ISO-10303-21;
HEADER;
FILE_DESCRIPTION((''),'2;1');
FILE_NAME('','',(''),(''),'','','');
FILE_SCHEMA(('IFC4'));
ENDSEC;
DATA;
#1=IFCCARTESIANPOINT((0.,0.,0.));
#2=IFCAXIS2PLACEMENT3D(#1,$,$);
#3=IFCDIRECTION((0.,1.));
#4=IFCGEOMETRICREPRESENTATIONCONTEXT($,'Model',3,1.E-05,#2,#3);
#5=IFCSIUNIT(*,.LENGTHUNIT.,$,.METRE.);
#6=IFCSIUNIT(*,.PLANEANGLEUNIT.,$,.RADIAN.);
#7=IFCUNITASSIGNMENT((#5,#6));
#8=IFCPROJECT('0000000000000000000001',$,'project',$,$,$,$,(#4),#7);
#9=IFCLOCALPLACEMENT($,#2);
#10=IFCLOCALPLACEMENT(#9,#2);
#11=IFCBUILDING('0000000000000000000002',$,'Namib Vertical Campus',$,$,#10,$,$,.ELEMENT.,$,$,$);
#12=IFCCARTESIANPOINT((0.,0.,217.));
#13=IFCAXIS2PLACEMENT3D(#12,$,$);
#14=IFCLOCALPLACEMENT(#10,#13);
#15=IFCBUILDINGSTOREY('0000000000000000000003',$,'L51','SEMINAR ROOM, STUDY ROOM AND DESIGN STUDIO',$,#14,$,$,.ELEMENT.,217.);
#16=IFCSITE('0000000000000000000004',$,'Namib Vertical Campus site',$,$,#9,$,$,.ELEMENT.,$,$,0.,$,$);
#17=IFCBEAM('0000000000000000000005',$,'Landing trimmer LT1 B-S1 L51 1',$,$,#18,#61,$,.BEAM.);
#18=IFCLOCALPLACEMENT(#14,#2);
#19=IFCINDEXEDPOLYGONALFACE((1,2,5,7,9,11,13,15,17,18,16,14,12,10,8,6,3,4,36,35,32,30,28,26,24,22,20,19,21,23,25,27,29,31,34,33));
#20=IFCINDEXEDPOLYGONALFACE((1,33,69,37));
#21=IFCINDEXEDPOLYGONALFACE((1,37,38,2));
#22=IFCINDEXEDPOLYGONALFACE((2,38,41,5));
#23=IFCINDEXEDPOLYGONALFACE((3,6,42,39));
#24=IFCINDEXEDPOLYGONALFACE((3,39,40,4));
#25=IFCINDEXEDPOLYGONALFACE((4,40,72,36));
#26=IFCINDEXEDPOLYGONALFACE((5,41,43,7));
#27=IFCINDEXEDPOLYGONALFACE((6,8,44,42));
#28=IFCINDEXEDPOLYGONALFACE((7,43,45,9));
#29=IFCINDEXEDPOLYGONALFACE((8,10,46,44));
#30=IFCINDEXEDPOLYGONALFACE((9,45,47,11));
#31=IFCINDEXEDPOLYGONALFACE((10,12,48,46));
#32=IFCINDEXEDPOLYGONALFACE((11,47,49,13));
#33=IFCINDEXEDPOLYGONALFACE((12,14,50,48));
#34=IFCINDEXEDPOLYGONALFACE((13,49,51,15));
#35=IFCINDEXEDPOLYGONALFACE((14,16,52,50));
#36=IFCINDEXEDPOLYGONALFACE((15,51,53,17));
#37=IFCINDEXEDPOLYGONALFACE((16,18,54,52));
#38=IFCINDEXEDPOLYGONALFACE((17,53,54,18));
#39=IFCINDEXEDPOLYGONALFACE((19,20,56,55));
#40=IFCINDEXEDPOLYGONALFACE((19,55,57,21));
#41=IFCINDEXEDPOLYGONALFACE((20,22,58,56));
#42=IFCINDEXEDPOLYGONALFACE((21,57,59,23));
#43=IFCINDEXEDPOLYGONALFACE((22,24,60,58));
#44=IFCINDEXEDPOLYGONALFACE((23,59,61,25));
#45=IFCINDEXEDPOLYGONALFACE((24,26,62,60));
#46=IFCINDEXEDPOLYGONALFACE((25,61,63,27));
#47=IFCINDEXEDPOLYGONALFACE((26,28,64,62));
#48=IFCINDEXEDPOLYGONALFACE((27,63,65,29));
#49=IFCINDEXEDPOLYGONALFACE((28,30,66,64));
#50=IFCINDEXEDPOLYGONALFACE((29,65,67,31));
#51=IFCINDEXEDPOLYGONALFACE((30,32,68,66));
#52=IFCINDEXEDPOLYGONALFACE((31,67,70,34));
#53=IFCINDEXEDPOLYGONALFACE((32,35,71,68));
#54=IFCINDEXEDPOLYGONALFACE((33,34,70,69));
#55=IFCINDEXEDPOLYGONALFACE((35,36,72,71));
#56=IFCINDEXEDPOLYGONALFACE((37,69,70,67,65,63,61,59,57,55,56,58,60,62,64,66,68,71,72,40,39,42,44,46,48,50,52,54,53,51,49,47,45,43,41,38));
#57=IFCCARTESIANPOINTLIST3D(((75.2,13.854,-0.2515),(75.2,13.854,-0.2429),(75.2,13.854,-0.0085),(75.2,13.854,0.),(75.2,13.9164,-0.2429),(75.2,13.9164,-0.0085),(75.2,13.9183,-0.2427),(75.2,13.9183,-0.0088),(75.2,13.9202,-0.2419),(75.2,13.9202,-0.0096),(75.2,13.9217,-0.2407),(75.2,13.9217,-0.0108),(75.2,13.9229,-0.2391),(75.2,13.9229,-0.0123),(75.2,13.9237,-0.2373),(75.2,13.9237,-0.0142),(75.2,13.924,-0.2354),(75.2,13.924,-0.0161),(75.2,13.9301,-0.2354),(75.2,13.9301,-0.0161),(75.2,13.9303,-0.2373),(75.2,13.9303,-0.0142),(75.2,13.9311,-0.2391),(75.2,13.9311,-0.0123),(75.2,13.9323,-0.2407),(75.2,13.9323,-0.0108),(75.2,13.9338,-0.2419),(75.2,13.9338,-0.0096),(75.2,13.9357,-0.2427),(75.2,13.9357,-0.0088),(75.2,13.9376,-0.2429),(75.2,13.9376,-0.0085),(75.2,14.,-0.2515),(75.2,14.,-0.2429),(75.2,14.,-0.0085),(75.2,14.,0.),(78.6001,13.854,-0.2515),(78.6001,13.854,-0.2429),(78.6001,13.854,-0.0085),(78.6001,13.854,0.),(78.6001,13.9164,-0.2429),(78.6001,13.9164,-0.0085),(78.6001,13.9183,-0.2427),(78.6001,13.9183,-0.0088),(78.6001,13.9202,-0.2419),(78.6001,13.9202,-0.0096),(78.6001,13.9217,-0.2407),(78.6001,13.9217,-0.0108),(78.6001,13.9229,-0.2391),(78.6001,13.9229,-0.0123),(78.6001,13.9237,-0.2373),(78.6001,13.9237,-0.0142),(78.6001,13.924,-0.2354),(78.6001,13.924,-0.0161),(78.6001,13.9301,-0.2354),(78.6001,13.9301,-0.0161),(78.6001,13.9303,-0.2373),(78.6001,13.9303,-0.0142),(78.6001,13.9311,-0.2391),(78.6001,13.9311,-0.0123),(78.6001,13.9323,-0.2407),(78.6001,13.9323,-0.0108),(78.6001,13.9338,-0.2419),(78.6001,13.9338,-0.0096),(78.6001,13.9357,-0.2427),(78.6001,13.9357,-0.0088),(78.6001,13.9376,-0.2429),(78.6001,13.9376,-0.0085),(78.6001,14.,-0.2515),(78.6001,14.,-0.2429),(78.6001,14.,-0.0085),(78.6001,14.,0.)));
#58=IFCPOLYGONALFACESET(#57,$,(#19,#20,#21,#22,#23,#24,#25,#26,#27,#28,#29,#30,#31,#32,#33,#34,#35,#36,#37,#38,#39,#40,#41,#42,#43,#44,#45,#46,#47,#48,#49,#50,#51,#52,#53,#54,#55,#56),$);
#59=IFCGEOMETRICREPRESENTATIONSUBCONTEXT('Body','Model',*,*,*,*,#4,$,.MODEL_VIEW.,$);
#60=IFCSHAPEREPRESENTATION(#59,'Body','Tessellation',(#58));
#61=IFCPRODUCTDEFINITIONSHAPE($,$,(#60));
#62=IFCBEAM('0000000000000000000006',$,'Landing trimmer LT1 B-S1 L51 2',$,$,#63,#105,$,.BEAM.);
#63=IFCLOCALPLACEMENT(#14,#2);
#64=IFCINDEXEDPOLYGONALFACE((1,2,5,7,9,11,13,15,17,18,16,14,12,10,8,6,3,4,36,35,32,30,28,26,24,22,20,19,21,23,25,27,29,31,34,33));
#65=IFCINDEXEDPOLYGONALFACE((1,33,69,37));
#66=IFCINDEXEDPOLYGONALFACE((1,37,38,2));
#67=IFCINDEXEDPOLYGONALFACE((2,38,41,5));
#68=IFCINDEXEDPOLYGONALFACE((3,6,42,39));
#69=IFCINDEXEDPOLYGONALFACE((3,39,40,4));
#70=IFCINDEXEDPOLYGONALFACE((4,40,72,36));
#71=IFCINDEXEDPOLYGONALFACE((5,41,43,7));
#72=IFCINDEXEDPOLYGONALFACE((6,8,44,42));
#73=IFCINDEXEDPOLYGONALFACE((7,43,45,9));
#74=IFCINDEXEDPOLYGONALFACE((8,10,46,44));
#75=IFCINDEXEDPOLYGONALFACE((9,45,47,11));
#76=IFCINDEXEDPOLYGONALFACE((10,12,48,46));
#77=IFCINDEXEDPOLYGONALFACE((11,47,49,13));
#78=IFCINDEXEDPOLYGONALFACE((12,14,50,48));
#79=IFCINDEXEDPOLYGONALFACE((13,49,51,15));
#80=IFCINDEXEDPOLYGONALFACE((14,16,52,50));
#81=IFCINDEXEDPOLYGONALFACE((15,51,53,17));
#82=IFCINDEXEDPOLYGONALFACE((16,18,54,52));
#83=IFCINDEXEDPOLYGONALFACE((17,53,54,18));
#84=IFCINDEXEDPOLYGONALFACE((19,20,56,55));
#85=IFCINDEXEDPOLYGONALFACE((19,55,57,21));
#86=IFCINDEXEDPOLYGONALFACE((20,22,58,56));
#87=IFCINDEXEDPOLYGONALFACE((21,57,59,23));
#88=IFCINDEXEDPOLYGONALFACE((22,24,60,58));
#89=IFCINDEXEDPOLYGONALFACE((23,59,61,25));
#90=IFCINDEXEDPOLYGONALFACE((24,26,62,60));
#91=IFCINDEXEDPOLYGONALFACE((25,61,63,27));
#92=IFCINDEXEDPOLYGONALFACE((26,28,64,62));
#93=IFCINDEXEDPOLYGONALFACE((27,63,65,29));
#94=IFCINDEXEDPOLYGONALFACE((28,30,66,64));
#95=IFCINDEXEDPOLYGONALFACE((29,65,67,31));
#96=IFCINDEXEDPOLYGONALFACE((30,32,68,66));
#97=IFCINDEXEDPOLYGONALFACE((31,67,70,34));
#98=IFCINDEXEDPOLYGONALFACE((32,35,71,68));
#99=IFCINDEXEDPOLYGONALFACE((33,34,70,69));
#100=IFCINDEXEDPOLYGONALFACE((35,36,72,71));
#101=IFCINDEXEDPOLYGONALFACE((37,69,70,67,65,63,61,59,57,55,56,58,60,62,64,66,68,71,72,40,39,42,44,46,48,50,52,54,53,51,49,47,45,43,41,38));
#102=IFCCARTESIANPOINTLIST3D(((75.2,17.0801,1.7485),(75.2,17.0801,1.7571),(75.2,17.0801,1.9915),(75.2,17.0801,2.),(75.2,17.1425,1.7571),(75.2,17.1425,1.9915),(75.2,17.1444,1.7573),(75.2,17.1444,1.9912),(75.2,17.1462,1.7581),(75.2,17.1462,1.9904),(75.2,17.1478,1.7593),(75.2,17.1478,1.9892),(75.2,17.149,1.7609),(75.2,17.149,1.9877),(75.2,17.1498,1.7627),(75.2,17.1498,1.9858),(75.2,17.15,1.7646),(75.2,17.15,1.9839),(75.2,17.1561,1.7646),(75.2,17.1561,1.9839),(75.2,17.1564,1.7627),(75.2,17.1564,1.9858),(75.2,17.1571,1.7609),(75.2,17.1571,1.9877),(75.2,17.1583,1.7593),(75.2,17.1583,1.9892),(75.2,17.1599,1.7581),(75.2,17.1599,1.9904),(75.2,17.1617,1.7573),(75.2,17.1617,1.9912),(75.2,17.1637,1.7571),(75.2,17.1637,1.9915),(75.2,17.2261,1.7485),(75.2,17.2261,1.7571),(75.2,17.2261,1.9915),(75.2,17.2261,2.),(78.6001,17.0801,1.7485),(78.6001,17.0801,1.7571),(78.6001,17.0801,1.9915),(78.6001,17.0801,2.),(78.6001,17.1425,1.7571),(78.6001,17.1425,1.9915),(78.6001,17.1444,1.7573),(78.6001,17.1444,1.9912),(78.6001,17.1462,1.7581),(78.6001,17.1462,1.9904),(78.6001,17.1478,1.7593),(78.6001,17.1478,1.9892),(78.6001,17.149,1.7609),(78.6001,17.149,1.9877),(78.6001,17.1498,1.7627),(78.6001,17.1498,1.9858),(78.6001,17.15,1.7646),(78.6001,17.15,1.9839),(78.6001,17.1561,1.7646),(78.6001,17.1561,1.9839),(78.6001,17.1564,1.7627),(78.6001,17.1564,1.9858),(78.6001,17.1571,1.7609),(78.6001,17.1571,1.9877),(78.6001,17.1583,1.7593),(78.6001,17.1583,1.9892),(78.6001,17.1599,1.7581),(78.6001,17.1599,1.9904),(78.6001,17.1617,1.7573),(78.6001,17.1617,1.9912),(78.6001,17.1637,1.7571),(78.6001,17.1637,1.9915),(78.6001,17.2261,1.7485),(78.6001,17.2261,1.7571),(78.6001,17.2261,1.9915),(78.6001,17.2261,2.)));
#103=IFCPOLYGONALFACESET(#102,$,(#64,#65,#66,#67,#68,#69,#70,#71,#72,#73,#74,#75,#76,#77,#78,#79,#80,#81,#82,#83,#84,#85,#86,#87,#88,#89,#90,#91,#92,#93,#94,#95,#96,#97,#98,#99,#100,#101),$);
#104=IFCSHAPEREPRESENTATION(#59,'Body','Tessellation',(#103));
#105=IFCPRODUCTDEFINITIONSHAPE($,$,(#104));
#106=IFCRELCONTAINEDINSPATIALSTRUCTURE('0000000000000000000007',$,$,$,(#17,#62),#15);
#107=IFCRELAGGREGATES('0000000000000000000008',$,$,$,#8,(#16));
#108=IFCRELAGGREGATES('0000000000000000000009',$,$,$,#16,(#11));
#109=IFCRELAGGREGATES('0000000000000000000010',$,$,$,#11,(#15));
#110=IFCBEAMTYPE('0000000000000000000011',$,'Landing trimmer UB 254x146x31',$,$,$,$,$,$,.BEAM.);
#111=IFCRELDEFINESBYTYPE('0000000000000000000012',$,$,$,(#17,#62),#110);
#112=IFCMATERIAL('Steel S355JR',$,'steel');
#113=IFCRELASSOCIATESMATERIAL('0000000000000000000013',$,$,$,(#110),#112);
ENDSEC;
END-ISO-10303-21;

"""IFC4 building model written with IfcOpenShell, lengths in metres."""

from ifc_helpers import new_model, si_unit, direction, frame, origin, origin_2d, place, context, subcontext, project, spatial, i_section, extrude, material, material_profile, profile_set, type_object, element, save


model = new_model("IFC4")

# Units and contexts
model_context = context("Model", 3, precision=1e-05, world=origin(), true_north=direction((0.0, 1.0)))
body_context = subcontext(model_context, "Body", "Model", "MODEL_VIEW")
ifc_project = project(units=[si_unit("LENGTHUNIT", "METRE"), si_unit("PLANEANGLEUNIT", "RADIAN")], contexts=[model_context])

# Site, building, storey
site_placement = place(None, origin())
site = spatial("IfcSite", under=ifc_project, at=site_placement, Name="Namib Vertical Campus site", CompositionType="ELEMENT", RefElevation=0.0)
building_placement = place(site_placement, origin())
building = spatial("IfcBuilding", under=site, at=building_placement, Name="Namib Vertical Campus", CompositionType="ELEMENT")
storey_placement = place(building_placement, frame((0.0, 0.0, 217.0)))
storey = spatial("IfcBuildingStorey", under=building, at=storey_placement, Name="L51", Description="SEMINAR ROOM, STUDY ROOM AND DESIGN STUDIO", CompositionType="ELEMENT", Elevation=217.0)

# Beams
ifc_material_1 = material(Name="Steel S355JR", Category="steel")
ifc_material_profile = material_profile(ifc_material_1, i_section(OverallWidth=0.146, OverallDepth=0.2515, WebThickness=0.0061, FlangeThickness=0.0085, FilletRadius=0.0076, at=origin_2d()))
ifc_profile_set = profile_set([ifc_material_profile], Name="Steel S355JR")
beam_type = type_object("IfcBeamType", Name="Landing trimmer UB 254x146x31", PredefinedType="BEAM", material=ifc_profile_set)
for number, where, z_axis, x_axis, name in (
    (1, (75.2, 13.927, -0.1257), (1.0, 0.0, 0.0), (0.0, 1.0, 0.0), "Landing trimmer LT1 B-S1 L51 1"),
    (2, (75.2, 17.1531, 1.8743), (1.0, 0.0, 0.0), (0.0, 1.0, 0.0), "Landing trimmer LT1 B-S1 L51 2"),
):
    element("IfcBeam", number, at=place(storey_placement, frame(where, z_axis=z_axis, x_axis=x_axis)), inside=storey, type_object=beam_type, Name=name, PredefinedType="BEAM", context=body_context, shape_type="SweptSolid", body=[
        extrude(i_section(OverallWidth=0.146, OverallDepth=0.2515, WebThickness=0.0061, FlangeThickness=0.0085, FilletRadius=0.0076, at=origin_2d()), origin(), (0.0, 0.0, 1.0), 3.4001),
    ])

save(model, "model.ifc")
